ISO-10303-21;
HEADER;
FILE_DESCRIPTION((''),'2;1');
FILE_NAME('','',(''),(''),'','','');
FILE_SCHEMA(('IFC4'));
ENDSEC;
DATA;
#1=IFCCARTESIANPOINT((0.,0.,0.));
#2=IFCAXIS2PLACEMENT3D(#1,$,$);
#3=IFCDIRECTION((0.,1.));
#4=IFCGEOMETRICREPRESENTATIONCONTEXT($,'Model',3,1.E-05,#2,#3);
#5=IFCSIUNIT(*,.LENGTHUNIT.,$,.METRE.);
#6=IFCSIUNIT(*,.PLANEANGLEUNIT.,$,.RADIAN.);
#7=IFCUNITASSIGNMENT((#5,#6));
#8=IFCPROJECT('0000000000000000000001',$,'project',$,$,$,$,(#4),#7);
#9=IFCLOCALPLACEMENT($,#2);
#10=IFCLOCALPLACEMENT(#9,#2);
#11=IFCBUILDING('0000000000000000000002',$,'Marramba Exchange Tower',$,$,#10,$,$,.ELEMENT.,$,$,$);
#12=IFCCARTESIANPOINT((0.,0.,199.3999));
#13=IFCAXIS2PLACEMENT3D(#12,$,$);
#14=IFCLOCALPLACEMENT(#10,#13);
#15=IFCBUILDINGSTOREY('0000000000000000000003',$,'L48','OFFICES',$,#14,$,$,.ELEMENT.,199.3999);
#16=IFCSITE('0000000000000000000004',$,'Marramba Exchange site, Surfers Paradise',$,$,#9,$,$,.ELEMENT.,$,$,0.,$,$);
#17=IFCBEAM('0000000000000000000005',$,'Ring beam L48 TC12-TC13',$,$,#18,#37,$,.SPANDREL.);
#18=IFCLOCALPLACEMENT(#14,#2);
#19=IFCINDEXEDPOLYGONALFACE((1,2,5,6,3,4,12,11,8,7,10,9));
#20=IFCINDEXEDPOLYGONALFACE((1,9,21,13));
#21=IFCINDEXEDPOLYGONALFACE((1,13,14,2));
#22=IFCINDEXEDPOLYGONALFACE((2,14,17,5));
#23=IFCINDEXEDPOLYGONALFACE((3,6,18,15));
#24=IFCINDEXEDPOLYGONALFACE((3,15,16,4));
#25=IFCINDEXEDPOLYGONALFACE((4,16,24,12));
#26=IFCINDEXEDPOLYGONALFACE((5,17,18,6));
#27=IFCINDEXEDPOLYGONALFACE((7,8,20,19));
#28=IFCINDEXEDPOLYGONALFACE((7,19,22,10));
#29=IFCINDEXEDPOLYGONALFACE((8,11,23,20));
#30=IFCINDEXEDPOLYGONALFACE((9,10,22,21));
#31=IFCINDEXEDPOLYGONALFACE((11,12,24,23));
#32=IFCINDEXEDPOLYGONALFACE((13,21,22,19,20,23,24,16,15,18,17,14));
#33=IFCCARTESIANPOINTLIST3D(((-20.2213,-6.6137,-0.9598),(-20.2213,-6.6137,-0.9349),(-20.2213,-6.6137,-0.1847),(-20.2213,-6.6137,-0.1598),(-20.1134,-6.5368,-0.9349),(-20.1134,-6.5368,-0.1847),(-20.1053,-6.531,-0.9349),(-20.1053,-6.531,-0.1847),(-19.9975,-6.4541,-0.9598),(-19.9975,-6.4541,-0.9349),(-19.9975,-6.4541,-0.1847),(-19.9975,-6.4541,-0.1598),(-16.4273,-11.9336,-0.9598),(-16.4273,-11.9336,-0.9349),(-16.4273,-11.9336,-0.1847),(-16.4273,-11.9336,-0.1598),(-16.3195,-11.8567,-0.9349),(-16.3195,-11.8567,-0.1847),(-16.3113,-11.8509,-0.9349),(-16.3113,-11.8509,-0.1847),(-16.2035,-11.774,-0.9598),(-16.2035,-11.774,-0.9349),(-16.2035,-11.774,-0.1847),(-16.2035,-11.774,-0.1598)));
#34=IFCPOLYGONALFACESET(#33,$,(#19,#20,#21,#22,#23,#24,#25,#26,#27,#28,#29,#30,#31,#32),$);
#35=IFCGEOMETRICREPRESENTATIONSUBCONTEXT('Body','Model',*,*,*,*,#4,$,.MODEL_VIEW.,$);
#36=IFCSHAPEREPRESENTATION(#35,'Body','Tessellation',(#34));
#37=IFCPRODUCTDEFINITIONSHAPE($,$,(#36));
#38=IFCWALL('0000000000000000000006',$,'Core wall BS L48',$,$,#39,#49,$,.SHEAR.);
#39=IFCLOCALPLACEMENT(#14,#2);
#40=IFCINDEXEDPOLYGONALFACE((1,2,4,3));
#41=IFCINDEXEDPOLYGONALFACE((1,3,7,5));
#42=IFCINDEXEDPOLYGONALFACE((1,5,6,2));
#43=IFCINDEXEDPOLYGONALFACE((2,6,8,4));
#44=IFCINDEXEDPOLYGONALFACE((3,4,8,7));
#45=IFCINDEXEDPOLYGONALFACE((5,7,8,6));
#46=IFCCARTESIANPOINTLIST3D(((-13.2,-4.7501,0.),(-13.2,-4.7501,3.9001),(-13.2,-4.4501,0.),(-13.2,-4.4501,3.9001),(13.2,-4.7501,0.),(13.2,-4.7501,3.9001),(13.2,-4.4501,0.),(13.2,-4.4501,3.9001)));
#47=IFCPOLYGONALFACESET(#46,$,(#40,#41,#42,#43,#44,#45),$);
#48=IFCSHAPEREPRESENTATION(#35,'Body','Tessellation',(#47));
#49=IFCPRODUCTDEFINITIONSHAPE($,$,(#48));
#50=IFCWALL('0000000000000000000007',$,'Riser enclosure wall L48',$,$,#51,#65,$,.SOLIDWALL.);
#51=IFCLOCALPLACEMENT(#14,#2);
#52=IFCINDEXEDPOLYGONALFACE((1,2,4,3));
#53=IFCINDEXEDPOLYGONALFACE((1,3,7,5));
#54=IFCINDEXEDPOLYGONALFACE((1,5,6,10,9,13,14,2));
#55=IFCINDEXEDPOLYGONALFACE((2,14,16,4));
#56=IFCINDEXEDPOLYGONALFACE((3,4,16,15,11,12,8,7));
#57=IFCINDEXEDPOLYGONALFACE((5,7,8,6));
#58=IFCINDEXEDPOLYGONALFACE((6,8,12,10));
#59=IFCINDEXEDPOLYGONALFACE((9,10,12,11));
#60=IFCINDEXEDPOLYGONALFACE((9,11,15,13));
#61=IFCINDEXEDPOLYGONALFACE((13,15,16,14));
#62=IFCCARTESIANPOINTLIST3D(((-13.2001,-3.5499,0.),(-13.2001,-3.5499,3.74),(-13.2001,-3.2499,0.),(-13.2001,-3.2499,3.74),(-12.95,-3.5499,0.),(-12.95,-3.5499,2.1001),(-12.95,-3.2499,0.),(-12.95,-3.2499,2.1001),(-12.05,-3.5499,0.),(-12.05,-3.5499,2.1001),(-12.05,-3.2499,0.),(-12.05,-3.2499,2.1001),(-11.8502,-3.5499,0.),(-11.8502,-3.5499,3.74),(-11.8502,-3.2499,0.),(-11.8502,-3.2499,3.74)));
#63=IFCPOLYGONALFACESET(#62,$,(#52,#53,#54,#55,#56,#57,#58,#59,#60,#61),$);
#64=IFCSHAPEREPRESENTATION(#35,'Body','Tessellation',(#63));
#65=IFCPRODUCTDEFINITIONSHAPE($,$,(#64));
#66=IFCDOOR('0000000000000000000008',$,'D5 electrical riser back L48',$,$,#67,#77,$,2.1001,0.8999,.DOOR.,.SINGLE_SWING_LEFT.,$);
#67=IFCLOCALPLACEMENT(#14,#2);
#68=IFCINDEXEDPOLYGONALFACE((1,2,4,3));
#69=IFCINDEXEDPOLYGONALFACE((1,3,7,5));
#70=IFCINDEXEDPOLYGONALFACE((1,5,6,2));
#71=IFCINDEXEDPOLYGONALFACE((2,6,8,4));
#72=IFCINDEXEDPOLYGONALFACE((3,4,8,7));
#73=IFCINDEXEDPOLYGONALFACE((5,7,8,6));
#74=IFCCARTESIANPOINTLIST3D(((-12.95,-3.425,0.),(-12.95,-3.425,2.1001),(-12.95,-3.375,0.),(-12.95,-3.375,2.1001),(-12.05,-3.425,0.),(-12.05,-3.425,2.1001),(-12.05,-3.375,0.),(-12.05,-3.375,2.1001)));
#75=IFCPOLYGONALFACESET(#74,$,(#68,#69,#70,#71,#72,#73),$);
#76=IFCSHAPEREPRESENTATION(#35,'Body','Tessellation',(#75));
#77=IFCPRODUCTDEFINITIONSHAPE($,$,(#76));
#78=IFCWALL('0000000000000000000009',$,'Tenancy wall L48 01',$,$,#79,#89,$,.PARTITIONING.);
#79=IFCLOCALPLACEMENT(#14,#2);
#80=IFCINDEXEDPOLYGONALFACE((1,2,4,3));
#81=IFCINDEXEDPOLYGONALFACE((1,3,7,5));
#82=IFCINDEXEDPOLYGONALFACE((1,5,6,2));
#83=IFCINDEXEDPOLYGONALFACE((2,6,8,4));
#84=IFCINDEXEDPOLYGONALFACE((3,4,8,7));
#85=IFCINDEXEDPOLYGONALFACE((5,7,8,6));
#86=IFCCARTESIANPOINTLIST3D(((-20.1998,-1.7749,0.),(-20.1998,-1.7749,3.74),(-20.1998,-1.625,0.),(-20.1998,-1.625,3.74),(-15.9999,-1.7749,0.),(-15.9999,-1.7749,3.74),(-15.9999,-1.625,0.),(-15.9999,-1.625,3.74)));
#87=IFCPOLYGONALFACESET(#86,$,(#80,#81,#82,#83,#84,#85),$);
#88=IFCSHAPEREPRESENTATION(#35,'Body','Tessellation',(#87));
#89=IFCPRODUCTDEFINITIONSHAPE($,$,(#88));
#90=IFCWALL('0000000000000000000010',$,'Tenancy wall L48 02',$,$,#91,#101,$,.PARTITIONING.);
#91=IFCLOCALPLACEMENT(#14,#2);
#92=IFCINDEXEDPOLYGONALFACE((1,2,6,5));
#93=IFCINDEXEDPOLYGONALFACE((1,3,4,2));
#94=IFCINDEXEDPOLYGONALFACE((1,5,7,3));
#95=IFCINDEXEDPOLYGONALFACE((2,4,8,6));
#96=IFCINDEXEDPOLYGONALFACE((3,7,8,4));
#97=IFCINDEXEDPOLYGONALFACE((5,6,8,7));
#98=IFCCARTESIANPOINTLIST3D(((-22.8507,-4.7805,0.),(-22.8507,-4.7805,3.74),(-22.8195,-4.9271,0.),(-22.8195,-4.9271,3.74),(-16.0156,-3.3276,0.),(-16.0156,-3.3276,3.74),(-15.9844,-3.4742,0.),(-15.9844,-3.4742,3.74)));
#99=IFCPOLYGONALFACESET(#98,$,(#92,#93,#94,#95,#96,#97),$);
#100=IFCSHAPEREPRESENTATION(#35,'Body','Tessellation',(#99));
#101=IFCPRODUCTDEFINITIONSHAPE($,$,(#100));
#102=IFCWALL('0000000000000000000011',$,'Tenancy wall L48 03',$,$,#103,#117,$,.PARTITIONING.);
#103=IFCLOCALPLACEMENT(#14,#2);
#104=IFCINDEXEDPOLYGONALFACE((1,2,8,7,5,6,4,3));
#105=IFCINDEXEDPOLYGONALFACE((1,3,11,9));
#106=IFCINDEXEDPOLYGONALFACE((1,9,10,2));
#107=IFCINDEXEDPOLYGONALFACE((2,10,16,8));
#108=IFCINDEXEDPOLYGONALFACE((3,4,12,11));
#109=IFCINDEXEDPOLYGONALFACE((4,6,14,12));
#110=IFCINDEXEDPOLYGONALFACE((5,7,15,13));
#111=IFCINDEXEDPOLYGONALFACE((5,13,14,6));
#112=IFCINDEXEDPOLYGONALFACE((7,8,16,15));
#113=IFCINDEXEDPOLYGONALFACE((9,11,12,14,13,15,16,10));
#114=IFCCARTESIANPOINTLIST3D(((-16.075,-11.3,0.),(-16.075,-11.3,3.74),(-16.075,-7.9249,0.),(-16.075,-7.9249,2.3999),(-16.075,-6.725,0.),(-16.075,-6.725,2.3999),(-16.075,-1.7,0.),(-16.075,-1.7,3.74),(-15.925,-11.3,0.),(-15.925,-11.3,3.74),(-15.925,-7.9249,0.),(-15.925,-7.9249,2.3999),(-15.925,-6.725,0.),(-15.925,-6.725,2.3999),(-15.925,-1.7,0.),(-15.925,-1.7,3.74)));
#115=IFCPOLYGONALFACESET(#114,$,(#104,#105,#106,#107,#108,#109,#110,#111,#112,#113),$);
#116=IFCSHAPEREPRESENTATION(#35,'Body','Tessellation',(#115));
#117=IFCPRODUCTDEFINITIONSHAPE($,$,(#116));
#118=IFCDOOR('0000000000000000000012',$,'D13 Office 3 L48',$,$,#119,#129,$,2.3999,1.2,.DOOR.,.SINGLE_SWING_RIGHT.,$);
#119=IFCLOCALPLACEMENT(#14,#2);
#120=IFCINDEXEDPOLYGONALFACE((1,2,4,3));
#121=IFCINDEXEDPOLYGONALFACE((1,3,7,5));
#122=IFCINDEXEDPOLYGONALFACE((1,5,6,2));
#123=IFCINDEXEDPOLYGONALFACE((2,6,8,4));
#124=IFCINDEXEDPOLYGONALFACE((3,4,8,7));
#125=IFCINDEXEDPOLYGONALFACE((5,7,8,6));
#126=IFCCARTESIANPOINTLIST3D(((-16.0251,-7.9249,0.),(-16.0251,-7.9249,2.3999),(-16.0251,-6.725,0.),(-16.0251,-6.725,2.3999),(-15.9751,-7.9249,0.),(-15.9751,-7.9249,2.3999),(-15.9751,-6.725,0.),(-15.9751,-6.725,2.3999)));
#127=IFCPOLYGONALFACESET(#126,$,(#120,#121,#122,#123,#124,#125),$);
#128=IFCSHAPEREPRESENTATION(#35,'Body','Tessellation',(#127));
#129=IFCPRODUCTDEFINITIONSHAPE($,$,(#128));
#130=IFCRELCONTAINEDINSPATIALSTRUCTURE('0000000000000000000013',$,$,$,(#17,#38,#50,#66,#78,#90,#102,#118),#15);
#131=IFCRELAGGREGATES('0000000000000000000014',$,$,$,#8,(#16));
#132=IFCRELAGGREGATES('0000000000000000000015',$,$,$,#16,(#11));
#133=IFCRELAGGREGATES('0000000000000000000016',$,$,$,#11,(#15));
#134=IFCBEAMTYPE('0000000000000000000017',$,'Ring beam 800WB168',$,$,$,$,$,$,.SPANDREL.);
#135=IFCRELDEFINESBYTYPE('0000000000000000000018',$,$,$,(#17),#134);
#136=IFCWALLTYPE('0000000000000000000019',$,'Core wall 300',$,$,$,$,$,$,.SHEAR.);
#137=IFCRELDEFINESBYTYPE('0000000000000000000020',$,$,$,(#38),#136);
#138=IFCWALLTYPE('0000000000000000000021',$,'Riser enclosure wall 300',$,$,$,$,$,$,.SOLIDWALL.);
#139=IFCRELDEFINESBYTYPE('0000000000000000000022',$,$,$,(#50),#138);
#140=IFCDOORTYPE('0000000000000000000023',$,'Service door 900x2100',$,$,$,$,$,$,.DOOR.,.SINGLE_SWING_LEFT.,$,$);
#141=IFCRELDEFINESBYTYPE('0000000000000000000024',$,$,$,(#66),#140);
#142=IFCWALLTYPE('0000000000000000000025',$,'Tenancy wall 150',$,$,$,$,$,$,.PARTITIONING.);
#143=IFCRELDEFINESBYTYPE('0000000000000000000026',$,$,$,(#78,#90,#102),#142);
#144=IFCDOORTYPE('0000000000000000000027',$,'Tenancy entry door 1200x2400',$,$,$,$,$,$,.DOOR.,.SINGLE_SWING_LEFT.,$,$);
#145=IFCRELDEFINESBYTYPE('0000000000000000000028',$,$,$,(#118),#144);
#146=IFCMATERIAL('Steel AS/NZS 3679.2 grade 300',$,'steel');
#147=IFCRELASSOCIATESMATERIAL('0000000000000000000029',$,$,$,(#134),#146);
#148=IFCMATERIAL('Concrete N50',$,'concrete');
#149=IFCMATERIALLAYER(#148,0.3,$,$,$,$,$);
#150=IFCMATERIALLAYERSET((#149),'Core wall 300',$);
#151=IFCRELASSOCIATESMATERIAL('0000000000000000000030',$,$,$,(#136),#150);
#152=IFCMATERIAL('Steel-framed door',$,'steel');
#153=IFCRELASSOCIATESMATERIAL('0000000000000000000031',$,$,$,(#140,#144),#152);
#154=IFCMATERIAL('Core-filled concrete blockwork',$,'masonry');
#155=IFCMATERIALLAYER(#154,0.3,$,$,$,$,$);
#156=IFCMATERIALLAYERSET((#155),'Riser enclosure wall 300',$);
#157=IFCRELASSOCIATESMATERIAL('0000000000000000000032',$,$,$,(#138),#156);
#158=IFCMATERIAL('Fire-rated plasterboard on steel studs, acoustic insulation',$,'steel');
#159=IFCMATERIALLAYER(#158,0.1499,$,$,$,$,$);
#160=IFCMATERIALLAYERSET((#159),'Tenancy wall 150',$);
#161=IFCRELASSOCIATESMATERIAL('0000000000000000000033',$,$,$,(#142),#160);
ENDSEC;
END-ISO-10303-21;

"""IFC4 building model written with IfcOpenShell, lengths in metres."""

from ifc_helpers import new_model, si_unit, direction, frame, frame_2d, origin, origin_2d, place, context, subcontext, project, spatial, rectangle, i_section, extrude, material, layer, layer_set, material_profile, profile_set, type_object, element, fill, save


model = new_model("IFC4")

# Units and contexts
model_context = context("Model", 3, precision=1e-05, world=origin(), true_north=direction((0.0, 1.0)))
body_context = subcontext(model_context, "Body", "Model", "MODEL_VIEW")
ifc_project = project(units=[si_unit("LENGTHUNIT", "METRE"), si_unit("PLANEANGLEUNIT", "RADIAN")], contexts=[model_context])

# Site, building, storey
site_placement = place(None, origin())
site = spatial("IfcSite", under=ifc_project, at=site_placement, Name="Marramba Exchange site, Surfers Paradise", CompositionType="ELEMENT", RefElevation=0.0)
building_placement = place(site_placement, origin())
building = spatial("IfcBuilding", under=site, at=building_placement, Name="Marramba Exchange Tower", CompositionType="ELEMENT")
storey_placement = place(building_placement, frame((0.0, 0.0, 199.3999)))
storey = spatial("IfcBuildingStorey", under=building, at=storey_placement, Name="L48", Description="OFFICES", CompositionType="ELEMENT", Elevation=199.3999)

# Shared definitions
ifc_material_1 = material(Name="Concrete N50", Category="concrete")

# Beam
ifc_material_2 = material(Name="Steel AS/NZS 3679.2 grade 300", Category="steel")
ifc_material_profile_1 = material_profile(ifc_material_2, i_section(OverallWidth=0.2749, OverallDepth=0.8, WebThickness=0.01, FlangeThickness=0.0249, at=origin_2d()), Name="800WB168")
ifc_profile_set_1 = profile_set([ifc_material_profile_1], Name="Steel AS/NZS 3679.2 grade 300")
beam_type_1 = type_object("IfcBeamType", Name="Ring beam 800WB168", PredefinedType="SPANDREL", material=ifc_profile_set_1)
beam_1_placement = place(storey_placement, frame((-20.1094, -6.5339, -0.5598), z_axis=(0.580637, -0.814162, 0.0), x_axis=(0.814162, 0.580637, 0.0)))
element("IfcBeam", 1, at=beam_1_placement, inside=storey, type_object=beam_type_1, Name="Ring beam L48 TC12-TC13", PredefinedType="SPANDREL", context=body_context, shape_type="SweptSolid", body=[
    extrude(i_section(OverallWidth=0.2749, OverallDepth=0.8, WebThickness=0.01, FlangeThickness=0.0249, at=origin_2d()), origin(), (0.0, 0.0, 1.0), 6.5342),
])

# Shared definitions
ifc_layer_1 = layer(ifc_material_1, 0.3)
ifc_layer_set_1 = layer_set([ifc_layer_1], Name="Core wall 300")
wall_type_1 = type_object("IfcWallType", Name="Core wall 300", PredefinedType="SHEAR", material=ifc_layer_set_1)
ifc_material_3 = material(Name="Steel-framed door", Category="steel")
door_type_1 = type_object("IfcDoorType", Name="Service door 900x2100", OperationType="SINGLE_SWING_LEFT", PredefinedType="DOOR", material=ifc_material_3)

# Wall
wall_1_placement = place(storey_placement, frame((-13.2, -4.6001, 0.0), z_axis=(0.0, 0.0, 1.0), x_axis=(1.0, 0.0, 0.0)))
element("IfcWall", 2, at=wall_1_placement, inside=storey, type_object=wall_type_1, Name="Core wall BS L48", PredefinedType="SHEAR", context=body_context, shape_type="SweptSolid", body=[
    extrude(rectangle(XDim=26.3999, YDim=0.3, at=frame_2d((13.2, 0.0))), origin(), (0.0, 0.0, 1.0), 3.9001),
])

# Wall, opening, door
ifc_material_4 = material(Name="Core-filled concrete blockwork", Category="masonry")
ifc_layer_2 = layer(ifc_material_4, 0.3)
ifc_layer_set_2 = layer_set([ifc_layer_2], Name="Riser enclosure wall 300")
wall_type_2 = type_object("IfcWallType", Name="Riser enclosure wall 300", PredefinedType="SOLIDWALL", material=ifc_layer_set_2)
wall_2_placement = place(storey_placement, frame((-13.2, -3.3999, 0.0), z_axis=(0.0, 0.0, 1.0), x_axis=(1.0, 0.0, 0.0)))
wall_2 = element("IfcWall", 3, at=wall_2_placement, inside=storey, type_object=wall_type_2, Name="Riser enclosure wall L48", PredefinedType="SOLIDWALL", context=body_context, shape_type="SweptSolid", body=[
    extrude(rectangle(XDim=1.3499, YDim=0.3, at=frame_2d((0.6748, 0.0))), origin(), (0.0, 0.0, 1.0), 3.74),
])
opening_1_placement = place(wall_2_placement, frame((0.25, 0.0, 0.0)))
opening_1 = element("IfcOpeningElement", 4, at=opening_1_placement, cuts=wall_2, PredefinedType="OPENING", context=body_context, shape_type="SweptSolid", body=[
    extrude(rectangle(XDim=0.8999, YDim=2.1001, at=frame_2d((0.45, 1.05))), frame((0.0, 0.1599, 0.0), z_axis=(0.0, -1.0, 0.0), x_axis=(1.0, 0.0, 0.0)), (0.0, 0.0, 1.0), 0.3201),
])
door_1_placement = place(opening_1_placement, frame((0.8999, 0.0, 0.0), z_axis=(0.0, 0.0, 1.0), x_axis=(-1.0, 0.0, 0.0)))
door_1 = element("IfcDoor", 5, at=door_1_placement, inside=storey, type_object=door_type_1, Name="D5 electrical riser back L48", OperationType="SINGLE_SWING_LEFT", OverallHeight=2.1001, OverallWidth=0.8999, PredefinedType="DOOR", context=body_context, shape_type="SweptSolid", body=[
    extrude(rectangle(XDim=0.8999, YDim=2.1001, at=frame_2d((0.45, 1.05))), frame((0.0, 0.0251, 0.0), z_axis=(0.0, -1.0, 0.0), x_axis=(1.0, 0.0, 0.0)), (0.0, 0.0, 1.0), 0.05),
])
fill(opening_1, door_1)

# Walls
ifc_material_5 = material(Name="Fire-rated plasterboard on steel studs, acoustic insulation", Category="steel")
ifc_layer_3 = layer(ifc_material_5, 0.1499)
ifc_layer_set_3 = layer_set([ifc_layer_3], Name="Tenancy wall 150")
wall_type_3 = type_object("IfcWallType", Name="Tenancy wall 150", PredefinedType="PARTITIONING", material=ifc_layer_set_3)
wall_3_placement = place(storey_placement, frame((-20.2, -1.7, 0.0), z_axis=(0.0, 0.0, 1.0), x_axis=(1.0, 0.0, 0.0)))
element("IfcWall", 6, at=wall_3_placement, inside=storey, type_object=wall_type_3, Name="Tenancy wall L48 01", PredefinedType="PARTITIONING", context=body_context, shape_type="SweptSolid", body=[
    extrude(rectangle(XDim=4.2, YDim=0.1499, at=frame_2d((2.1001, 0.0))), origin(), (0.0, 0.0, 1.0), 3.74),
])
wall_4_placement = place(storey_placement, frame((-16.0, -3.4009, 0.0), z_axis=(0.0, 0.0, 1.0), x_axis=(-0.978146, -0.207921, 0.0)))
element("IfcWall", 7, at=wall_4_placement, inside=storey, type_object=wall_type_3, Name="Tenancy wall L48 02", PredefinedType="PARTITIONING", context=body_context, shape_type="SweptSolid", body=[
    extrude(rectangle(XDim=6.9878, YDim=0.1499, at=frame_2d((3.4939, 0.0))), origin(), (0.0, 0.0, 1.0), 3.74),
])

# Wall, opening, door
wall_5_placement = place(storey_placement, frame((-16.0, -1.7, 0.0), z_axis=(0.0, 0.0, 1.0), x_axis=(0.0, -1.0, 0.0)))
wall_5 = element("IfcWall", 8, at=wall_5_placement, inside=storey, type_object=wall_type_3, Name="Tenancy wall L48 03", PredefinedType="PARTITIONING", context=body_context, shape_type="SweptSolid", body=[
    extrude(rectangle(XDim=9.6001, YDim=0.1499, at=frame_2d((4.8, 0.0))), origin(), (0.0, 0.0, 1.0), 3.74),
])
opening_2_placement = place(wall_5_placement, frame((5.0249, 0.0, 0.0)))
opening_2 = element("IfcOpeningElement", 9, at=opening_2_placement, cuts=wall_5, PredefinedType="OPENING", context=body_context, shape_type="SweptSolid", body=[
    extrude(rectangle(XDim=1.2, YDim=2.3999, at=frame_2d((0.6001, 1.2))), frame((0.0, 0.085, 0.0), z_axis=(0.0, -1.0, 0.0), x_axis=(1.0, 0.0, 0.0)), (0.0, 0.0, 1.0), 0.1699),
])
door_type_2 = type_object("IfcDoorType", Name="Tenancy entry door 1200x2400", OperationType="SINGLE_SWING_LEFT", PredefinedType="DOOR", material=ifc_material_3)
door_2_placement = place(opening_2_placement, origin())
door_2 = element("IfcDoor", 10, at=door_2_placement, inside=storey, type_object=door_type_2, Name="D13 Office 3 L48", OperationType="SINGLE_SWING_RIGHT", OverallHeight=2.3999, OverallWidth=1.2, PredefinedType="DOOR", context=body_context, shape_type="SweptSolid", body=[
    extrude(rectangle(XDim=1.2, YDim=2.3999, at=frame_2d((0.6001, 1.2))), frame((0.0, 0.0249, 0.0), z_axis=(0.0, -1.0, 0.0), x_axis=(1.0, 0.0, 0.0)), (0.0, 0.0, 1.0), 0.05),
])
fill(opening_2, door_2)

save(model, "model.ifc")
